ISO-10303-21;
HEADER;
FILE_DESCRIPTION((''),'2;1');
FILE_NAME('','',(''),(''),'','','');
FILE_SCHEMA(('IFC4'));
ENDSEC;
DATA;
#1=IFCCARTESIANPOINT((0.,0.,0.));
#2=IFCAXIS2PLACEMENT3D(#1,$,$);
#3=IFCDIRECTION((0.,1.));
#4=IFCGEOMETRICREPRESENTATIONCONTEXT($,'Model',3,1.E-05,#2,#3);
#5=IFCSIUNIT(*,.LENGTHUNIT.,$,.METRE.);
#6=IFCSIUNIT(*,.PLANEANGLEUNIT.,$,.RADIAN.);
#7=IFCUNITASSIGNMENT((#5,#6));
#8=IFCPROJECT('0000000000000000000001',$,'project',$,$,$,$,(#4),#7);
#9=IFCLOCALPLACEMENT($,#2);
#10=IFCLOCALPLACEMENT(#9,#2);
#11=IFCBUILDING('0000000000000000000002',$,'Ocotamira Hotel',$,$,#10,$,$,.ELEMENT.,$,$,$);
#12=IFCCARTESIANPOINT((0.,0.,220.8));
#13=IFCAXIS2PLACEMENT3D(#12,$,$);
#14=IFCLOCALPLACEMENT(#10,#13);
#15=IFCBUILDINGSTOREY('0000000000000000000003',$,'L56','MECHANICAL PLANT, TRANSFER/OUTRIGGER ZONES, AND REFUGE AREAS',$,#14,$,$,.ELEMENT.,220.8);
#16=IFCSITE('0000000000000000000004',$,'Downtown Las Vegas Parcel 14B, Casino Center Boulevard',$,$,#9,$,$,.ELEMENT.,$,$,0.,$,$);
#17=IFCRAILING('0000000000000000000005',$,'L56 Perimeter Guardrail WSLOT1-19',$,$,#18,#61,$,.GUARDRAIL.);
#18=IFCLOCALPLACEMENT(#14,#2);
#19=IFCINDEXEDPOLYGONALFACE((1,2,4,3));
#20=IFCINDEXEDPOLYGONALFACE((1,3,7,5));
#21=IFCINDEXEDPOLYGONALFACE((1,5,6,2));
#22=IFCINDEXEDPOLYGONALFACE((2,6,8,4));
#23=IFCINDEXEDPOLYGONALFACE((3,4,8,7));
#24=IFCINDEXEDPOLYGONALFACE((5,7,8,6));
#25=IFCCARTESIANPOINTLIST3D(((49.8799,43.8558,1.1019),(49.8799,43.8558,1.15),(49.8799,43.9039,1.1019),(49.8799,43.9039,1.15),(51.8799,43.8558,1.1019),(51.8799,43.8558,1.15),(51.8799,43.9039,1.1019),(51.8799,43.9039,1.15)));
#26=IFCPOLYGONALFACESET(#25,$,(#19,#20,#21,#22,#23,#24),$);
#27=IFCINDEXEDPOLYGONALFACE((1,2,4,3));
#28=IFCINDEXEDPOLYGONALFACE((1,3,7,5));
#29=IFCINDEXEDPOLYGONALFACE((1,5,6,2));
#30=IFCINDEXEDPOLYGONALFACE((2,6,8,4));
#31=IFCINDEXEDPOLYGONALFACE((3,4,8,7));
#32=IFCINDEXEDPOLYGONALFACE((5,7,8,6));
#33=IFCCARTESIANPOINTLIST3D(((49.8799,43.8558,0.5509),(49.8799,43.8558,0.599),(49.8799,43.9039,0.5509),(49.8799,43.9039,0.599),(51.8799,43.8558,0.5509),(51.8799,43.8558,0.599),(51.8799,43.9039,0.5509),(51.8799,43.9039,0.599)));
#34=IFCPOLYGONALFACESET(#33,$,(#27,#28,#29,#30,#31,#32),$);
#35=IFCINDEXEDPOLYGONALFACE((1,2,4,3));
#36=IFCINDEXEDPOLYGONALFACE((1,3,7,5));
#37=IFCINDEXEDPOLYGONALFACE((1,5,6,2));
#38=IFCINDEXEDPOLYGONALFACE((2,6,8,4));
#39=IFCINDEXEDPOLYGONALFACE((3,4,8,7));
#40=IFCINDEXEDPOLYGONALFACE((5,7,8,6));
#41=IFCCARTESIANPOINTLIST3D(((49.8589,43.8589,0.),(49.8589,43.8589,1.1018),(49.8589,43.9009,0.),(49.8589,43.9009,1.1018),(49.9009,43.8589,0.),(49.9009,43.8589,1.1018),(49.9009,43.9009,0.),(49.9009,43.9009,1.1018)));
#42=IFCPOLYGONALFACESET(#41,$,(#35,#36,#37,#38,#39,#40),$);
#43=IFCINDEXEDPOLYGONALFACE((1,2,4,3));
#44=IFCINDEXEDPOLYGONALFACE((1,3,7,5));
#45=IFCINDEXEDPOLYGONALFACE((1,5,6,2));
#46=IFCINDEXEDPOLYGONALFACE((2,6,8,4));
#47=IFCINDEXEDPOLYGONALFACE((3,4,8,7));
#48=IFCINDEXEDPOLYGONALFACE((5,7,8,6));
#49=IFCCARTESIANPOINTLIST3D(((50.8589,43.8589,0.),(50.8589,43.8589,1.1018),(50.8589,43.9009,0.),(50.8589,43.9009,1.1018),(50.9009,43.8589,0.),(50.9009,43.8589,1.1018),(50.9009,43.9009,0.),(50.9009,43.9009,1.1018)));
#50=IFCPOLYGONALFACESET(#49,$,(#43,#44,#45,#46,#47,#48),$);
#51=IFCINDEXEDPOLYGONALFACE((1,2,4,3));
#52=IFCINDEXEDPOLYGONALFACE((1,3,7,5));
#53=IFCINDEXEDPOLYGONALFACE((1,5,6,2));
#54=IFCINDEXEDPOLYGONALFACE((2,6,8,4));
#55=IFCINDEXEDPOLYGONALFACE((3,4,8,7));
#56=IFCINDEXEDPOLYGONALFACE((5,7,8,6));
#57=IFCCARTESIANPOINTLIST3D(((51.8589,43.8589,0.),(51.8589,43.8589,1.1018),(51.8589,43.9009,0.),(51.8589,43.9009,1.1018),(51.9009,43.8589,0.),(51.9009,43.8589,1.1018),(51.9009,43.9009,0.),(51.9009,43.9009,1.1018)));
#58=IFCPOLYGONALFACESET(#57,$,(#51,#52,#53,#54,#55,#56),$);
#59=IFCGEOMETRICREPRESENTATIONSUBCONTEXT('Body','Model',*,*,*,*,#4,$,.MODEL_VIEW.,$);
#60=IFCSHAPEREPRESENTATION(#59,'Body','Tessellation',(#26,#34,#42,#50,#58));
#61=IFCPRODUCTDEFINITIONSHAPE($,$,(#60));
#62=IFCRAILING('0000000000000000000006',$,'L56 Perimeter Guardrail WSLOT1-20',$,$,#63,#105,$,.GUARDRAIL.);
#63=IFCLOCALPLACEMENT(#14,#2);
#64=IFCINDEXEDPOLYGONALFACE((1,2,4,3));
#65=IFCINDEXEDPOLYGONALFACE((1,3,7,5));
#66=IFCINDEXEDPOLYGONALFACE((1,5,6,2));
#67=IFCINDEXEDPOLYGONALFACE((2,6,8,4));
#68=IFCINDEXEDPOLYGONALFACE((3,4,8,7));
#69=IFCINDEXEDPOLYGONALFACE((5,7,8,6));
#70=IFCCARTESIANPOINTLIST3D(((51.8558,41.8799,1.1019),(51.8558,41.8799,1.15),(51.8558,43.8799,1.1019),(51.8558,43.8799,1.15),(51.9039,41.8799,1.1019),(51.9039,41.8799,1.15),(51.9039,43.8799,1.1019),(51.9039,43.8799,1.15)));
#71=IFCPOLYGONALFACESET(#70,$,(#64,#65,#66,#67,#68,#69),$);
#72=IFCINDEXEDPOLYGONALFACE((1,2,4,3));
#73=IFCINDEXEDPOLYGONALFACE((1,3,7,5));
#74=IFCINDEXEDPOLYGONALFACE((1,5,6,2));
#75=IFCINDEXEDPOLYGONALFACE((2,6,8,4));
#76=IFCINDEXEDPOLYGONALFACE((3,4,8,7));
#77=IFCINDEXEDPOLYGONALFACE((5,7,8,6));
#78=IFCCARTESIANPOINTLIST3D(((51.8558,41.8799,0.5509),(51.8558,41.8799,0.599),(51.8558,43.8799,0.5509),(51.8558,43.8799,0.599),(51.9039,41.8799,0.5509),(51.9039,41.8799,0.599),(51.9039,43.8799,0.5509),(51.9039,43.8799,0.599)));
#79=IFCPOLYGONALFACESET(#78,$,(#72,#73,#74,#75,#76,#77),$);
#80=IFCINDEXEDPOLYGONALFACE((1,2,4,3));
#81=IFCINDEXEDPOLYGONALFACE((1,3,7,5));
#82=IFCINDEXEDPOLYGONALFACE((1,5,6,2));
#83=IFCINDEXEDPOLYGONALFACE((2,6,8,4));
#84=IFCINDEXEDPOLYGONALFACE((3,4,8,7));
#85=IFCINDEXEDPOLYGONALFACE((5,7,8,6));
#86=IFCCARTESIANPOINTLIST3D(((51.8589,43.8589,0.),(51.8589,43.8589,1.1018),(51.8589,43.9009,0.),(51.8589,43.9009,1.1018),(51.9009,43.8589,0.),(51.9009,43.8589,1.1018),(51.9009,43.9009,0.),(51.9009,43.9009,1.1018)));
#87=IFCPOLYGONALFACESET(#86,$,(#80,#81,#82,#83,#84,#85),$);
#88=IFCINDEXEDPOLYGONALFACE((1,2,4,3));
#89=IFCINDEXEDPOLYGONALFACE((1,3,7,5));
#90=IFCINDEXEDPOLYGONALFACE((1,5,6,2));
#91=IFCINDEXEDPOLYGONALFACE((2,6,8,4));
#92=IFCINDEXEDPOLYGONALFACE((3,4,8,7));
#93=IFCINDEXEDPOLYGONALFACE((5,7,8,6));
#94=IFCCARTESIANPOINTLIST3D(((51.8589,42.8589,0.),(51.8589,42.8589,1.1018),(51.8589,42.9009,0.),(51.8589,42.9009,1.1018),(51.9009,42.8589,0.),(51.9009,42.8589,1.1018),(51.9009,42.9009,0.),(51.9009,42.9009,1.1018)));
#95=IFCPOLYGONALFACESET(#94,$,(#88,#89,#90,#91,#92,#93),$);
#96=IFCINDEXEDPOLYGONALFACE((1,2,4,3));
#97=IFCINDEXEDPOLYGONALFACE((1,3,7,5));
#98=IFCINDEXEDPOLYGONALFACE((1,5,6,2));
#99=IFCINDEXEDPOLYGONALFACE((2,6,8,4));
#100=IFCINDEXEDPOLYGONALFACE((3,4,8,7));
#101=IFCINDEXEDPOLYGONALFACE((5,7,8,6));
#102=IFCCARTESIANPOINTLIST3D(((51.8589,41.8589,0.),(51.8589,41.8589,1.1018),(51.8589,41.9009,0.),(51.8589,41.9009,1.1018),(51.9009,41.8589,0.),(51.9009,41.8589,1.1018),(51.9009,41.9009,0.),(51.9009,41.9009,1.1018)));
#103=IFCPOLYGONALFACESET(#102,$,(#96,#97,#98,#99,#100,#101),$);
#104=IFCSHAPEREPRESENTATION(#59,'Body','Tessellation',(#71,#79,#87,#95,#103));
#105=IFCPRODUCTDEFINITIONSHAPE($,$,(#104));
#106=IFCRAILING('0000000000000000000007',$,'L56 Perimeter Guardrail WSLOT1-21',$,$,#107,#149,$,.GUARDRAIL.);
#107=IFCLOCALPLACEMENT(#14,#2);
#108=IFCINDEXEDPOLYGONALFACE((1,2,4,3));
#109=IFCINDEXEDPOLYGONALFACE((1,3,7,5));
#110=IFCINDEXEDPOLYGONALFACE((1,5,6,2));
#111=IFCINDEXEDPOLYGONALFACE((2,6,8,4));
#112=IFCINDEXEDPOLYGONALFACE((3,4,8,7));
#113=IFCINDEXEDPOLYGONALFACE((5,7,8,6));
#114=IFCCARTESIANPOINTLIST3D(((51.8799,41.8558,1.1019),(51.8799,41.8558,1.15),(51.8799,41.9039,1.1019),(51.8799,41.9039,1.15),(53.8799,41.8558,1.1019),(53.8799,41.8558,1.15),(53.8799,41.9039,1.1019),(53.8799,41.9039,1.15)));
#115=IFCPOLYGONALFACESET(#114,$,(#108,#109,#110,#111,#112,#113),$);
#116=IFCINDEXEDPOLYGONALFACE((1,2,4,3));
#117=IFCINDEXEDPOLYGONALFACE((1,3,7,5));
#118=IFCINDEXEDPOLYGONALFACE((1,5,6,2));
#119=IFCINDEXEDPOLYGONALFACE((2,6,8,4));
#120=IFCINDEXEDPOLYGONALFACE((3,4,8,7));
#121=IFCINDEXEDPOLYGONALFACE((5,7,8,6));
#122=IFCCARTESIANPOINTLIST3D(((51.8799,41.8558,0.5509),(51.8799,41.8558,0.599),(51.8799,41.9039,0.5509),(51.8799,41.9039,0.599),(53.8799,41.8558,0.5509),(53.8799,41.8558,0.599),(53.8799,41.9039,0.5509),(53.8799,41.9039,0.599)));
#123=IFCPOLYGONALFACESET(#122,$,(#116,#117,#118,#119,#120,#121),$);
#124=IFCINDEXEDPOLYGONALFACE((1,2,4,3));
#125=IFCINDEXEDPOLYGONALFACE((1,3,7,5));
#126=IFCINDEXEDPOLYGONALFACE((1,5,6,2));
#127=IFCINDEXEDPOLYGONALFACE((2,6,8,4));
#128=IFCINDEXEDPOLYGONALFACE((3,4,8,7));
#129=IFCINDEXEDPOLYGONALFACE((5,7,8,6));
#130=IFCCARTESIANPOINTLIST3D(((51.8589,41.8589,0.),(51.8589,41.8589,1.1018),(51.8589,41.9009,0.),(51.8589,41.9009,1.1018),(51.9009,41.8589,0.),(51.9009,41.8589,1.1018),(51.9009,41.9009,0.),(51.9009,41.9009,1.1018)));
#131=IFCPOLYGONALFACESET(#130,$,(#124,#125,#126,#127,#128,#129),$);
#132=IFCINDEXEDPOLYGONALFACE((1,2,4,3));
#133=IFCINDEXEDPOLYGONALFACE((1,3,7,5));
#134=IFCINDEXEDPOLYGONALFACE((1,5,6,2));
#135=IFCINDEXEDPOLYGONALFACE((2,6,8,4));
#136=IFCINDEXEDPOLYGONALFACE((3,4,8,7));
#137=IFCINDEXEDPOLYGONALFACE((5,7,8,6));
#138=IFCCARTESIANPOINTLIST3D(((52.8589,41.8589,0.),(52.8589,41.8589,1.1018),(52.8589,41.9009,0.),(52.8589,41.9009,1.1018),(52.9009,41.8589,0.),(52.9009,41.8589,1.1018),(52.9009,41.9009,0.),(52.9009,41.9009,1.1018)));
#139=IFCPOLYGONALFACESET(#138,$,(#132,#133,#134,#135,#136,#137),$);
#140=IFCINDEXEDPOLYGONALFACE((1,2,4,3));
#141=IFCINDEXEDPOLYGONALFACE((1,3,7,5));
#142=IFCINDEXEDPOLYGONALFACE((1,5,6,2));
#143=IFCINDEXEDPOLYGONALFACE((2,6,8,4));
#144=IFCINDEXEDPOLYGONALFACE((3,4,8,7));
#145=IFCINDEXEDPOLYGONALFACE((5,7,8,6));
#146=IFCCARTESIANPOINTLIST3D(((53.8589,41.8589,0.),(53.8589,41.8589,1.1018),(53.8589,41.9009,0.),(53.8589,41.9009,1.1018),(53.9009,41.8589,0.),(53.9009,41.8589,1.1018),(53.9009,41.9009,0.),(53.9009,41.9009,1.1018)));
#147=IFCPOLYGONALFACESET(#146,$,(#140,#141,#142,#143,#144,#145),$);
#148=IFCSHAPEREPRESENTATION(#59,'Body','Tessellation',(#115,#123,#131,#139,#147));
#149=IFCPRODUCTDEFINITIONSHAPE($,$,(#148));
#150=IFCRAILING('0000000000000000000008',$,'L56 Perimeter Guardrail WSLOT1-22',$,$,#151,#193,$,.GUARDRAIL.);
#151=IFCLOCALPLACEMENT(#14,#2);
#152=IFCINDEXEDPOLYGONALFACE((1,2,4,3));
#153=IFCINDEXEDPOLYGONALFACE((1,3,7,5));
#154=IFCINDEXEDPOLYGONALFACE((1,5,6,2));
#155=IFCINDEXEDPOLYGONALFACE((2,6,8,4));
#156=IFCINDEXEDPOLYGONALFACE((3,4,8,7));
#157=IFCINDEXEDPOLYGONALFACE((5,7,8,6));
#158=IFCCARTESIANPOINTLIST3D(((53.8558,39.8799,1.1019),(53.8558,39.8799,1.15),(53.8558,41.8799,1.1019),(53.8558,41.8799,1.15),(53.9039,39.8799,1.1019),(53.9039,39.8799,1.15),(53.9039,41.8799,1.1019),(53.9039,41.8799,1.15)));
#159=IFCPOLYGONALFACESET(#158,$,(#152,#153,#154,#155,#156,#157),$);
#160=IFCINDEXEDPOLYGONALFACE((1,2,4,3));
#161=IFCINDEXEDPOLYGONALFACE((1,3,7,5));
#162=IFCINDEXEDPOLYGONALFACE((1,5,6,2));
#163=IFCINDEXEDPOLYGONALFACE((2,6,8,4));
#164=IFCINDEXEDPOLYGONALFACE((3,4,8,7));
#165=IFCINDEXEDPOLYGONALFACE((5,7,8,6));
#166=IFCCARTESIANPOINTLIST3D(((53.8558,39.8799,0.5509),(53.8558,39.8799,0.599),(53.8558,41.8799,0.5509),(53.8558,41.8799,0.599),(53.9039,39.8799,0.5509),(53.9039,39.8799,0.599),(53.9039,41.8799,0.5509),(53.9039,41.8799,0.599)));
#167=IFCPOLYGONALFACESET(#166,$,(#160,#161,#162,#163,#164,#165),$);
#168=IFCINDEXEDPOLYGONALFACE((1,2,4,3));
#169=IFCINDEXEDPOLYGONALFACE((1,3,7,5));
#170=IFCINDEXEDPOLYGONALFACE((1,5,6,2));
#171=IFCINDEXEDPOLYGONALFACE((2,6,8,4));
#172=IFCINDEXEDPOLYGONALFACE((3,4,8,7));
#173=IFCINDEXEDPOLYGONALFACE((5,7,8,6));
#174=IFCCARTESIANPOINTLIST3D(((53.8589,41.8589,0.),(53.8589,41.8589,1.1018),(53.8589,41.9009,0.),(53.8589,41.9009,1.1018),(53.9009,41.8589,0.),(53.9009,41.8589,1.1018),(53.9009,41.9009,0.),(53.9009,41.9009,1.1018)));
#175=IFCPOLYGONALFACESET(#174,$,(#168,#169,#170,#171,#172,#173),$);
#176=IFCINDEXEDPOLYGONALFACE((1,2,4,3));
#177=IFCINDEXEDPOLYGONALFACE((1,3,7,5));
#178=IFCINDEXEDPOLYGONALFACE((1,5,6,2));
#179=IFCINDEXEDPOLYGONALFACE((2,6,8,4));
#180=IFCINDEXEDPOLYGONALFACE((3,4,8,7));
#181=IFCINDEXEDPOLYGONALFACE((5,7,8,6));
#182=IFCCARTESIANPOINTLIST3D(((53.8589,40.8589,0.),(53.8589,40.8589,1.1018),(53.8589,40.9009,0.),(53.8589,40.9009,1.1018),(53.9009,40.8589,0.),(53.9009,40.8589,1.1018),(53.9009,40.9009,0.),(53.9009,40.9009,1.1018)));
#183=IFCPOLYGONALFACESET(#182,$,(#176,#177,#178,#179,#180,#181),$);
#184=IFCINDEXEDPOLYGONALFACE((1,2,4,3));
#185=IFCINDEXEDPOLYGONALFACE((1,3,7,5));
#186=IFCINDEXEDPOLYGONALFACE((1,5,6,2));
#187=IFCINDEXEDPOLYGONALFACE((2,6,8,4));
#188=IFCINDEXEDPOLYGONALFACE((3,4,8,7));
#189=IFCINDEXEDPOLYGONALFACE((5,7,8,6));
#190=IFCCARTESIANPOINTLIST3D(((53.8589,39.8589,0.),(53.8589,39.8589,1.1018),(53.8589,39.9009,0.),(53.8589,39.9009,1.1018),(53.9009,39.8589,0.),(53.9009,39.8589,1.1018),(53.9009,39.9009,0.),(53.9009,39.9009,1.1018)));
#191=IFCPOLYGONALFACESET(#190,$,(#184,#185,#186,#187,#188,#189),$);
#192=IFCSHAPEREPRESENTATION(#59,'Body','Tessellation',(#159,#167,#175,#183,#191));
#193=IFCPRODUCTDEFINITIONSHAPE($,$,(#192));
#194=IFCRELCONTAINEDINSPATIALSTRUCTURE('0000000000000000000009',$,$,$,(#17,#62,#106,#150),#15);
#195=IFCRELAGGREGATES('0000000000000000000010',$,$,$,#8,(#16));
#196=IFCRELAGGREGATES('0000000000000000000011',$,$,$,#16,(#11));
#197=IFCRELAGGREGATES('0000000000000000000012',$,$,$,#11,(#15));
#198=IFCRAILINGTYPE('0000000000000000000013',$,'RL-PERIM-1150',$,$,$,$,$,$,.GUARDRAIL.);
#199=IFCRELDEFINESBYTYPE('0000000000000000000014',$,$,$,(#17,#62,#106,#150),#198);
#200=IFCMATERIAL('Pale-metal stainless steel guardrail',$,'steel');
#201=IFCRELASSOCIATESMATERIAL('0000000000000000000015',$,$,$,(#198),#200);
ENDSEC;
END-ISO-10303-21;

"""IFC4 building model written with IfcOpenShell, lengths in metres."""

from ifc_helpers import new_model, si_unit, direction, frame, origin, origin_2d, place, context, subcontext, project, spatial, rectangle, extrude, material, type_object, element, save


model = new_model("IFC4")

# Units and contexts
model_context = context("Model", 3, precision=1e-05, world=origin(), true_north=direction((0.0, 1.0)))
body_context = subcontext(model_context, "Body", "Model", "MODEL_VIEW")
ifc_project = project(units=[si_unit("LENGTHUNIT", "METRE"), si_unit("PLANEANGLEUNIT", "RADIAN")], contexts=[model_context])

# Site, building, storey
site_placement = place(None, origin())
site = spatial("IfcSite", under=ifc_project, at=site_placement, Name="Downtown Las Vegas Parcel 14B, Casino Center Boulevard", CompositionType="ELEMENT", RefElevation=0.0)
building_placement = place(site_placement, origin())
building = spatial("IfcBuilding", under=site, at=building_placement, Name="Ocotamira Hotel", CompositionType="ELEMENT")
storey_placement = place(building_placement, frame((0.0, 0.0, 220.8)))
storey = spatial("IfcBuildingStorey", under=building, at=storey_placement, Name="L56", Description="MECHANICAL PLANT, TRANSFER/OUTRIGGER ZONES, AND REFUGE AREAS", CompositionType="ELEMENT", Elevation=220.8)

# Railings
ifc_material_1 = material(Name="Pale-metal stainless steel guardrail", Category="steel")
railing_type = type_object("IfcRailingType", Name="RL-PERIM-1150", PredefinedType="GUARDRAIL", material=ifc_material_1)
railing_1_placement = place(storey_placement, frame((49.8799, 43.8799, 0.0)))
element("IfcRailing", 1, at=railing_1_placement, inside=storey, type_object=railing_type, Name="L56 Perimeter Guardrail WSLOT1-19", PredefinedType="GUARDRAIL", context=body_context, shape_type="SweptSolid", body=[
    extrude(rectangle(XDim=0.0481, YDim=0.0481, at=origin_2d()), frame((0.0, 0.0, 1.126), z_axis=(1.0, 0.0, 0.0), x_axis=(0.0, 1.0, 0.0)), (0.0, 0.0, 1.0), 2.0),
    extrude(rectangle(XDim=0.0481, YDim=0.0481, at=origin_2d()), frame((0.0, 0.0, 0.575), z_axis=(1.0, 0.0, 0.0), x_axis=(0.0, 1.0, 0.0)), (0.0, 0.0, 1.0), 2.0),
    extrude(rectangle(XDim=0.042, YDim=0.042, at=origin_2d()), origin(), (0.0, 0.0, 1.0), 1.1018),
    extrude(rectangle(XDim=0.042, YDim=0.042, at=origin_2d()), frame((1.0, 0.0, 0.0)), (0.0, 0.0, 1.0), 1.1018),
    extrude(rectangle(XDim=0.042, YDim=0.042, at=origin_2d()), frame((2.0, 0.0, 0.0)), (0.0, 0.0, 1.0), 1.1018),
])
railing_2_placement = place(storey_placement, frame((51.8799, 43.8799, 0.0)))
element("IfcRailing", 2, at=railing_2_placement, inside=storey, type_object=railing_type, Name="L56 Perimeter Guardrail WSLOT1-20", PredefinedType="GUARDRAIL", context=body_context, shape_type="SweptSolid", body=[
    extrude(rectangle(XDim=0.0481, YDim=0.0481, at=origin_2d()), frame((0.0, 0.0, 1.126), z_axis=(0.0, -1.0, 0.0), x_axis=(1.0, 0.0, 0.0)), (0.0, 0.0, 1.0), 2.0),
    extrude(rectangle(XDim=0.0481, YDim=0.0481, at=origin_2d()), frame((0.0, 0.0, 0.575), z_axis=(0.0, -1.0, 0.0), x_axis=(1.0, 0.0, 0.0)), (0.0, 0.0, 1.0), 2.0),
    extrude(rectangle(XDim=0.042, YDim=0.042, at=origin_2d()), origin(), (0.0, 0.0, 1.0), 1.1018),
    extrude(rectangle(XDim=0.042, YDim=0.042, at=origin_2d()), frame((0.0, -1.0, 0.0)), (0.0, 0.0, 1.0), 1.1018),
    extrude(rectangle(XDim=0.042, YDim=0.042, at=origin_2d()), frame((0.0, -2.0, 0.0)), (0.0, 0.0, 1.0), 1.1018),
])
railing_3_placement = place(storey_placement, frame((51.8799, 41.8799, 0.0)))
element("IfcRailing", 3, at=railing_3_placement, inside=storey, type_object=railing_type, Name="L56 Perimeter Guardrail WSLOT1-21", PredefinedType="GUARDRAIL", context=body_context, shape_type="SweptSolid", body=[
    extrude(rectangle(XDim=0.0481, YDim=0.0481, at=origin_2d()), frame((0.0, 0.0, 1.126), z_axis=(1.0, 0.0, 0.0), x_axis=(0.0, 1.0, 0.0)), (0.0, 0.0, 1.0), 2.0),
    extrude(rectangle(XDim=0.0481, YDim=0.0481, at=origin_2d()), frame((0.0, 0.0, 0.575), z_axis=(1.0, 0.0, 0.0), x_axis=(0.0, 1.0, 0.0)), (0.0, 0.0, 1.0), 2.0),
    extrude(rectangle(XDim=0.042, YDim=0.042, at=origin_2d()), origin(), (0.0, 0.0, 1.0), 1.1018),
    extrude(rectangle(XDim=0.042, YDim=0.042, at=origin_2d()), frame((1.0, 0.0, 0.0)), (0.0, 0.0, 1.0), 1.1018),
    extrude(rectangle(XDim=0.042, YDim=0.042, at=origin_2d()), frame((2.0, 0.0, 0.0)), (0.0, 0.0, 1.0), 1.1018),
])
railing_4_placement = place(storey_placement, frame((53.8799, 41.8799, 0.0)))
element("IfcRailing", 4, at=railing_4_placement, inside=storey, type_object=railing_type, Name="L56 Perimeter Guardrail WSLOT1-22", PredefinedType="GUARDRAIL", context=body_context, shape_type="SweptSolid", body=[
    extrude(rectangle(XDim=0.0481, YDim=0.0481, at=origin_2d()), frame((0.0, 0.0, 1.126), z_axis=(0.0, -1.0, 0.0), x_axis=(1.0, 0.0, 0.0)), (0.0, 0.0, 1.0), 2.0),
    extrude(rectangle(XDim=0.0481, YDim=0.0481, at=origin_2d()), frame((0.0, 0.0, 0.575), z_axis=(0.0, -1.0, 0.0), x_axis=(1.0, 0.0, 0.0)), (0.0, 0.0, 1.0), 2.0),
    extrude(rectangle(XDim=0.042, YDim=0.042, at=origin_2d()), origin(), (0.0, 0.0, 1.0), 1.1018),
    extrude(rectangle(XDim=0.042, YDim=0.042, at=origin_2d()), frame((0.0, -1.0, 0.0)), (0.0, 0.0, 1.0), 1.1018),
    extrude(rectangle(XDim=0.042, YDim=0.042, at=origin_2d()), frame((0.0, -2.0, 0.0)), (0.0, 0.0, 1.0), 1.1018),
])

save(model, "model.ifc")
